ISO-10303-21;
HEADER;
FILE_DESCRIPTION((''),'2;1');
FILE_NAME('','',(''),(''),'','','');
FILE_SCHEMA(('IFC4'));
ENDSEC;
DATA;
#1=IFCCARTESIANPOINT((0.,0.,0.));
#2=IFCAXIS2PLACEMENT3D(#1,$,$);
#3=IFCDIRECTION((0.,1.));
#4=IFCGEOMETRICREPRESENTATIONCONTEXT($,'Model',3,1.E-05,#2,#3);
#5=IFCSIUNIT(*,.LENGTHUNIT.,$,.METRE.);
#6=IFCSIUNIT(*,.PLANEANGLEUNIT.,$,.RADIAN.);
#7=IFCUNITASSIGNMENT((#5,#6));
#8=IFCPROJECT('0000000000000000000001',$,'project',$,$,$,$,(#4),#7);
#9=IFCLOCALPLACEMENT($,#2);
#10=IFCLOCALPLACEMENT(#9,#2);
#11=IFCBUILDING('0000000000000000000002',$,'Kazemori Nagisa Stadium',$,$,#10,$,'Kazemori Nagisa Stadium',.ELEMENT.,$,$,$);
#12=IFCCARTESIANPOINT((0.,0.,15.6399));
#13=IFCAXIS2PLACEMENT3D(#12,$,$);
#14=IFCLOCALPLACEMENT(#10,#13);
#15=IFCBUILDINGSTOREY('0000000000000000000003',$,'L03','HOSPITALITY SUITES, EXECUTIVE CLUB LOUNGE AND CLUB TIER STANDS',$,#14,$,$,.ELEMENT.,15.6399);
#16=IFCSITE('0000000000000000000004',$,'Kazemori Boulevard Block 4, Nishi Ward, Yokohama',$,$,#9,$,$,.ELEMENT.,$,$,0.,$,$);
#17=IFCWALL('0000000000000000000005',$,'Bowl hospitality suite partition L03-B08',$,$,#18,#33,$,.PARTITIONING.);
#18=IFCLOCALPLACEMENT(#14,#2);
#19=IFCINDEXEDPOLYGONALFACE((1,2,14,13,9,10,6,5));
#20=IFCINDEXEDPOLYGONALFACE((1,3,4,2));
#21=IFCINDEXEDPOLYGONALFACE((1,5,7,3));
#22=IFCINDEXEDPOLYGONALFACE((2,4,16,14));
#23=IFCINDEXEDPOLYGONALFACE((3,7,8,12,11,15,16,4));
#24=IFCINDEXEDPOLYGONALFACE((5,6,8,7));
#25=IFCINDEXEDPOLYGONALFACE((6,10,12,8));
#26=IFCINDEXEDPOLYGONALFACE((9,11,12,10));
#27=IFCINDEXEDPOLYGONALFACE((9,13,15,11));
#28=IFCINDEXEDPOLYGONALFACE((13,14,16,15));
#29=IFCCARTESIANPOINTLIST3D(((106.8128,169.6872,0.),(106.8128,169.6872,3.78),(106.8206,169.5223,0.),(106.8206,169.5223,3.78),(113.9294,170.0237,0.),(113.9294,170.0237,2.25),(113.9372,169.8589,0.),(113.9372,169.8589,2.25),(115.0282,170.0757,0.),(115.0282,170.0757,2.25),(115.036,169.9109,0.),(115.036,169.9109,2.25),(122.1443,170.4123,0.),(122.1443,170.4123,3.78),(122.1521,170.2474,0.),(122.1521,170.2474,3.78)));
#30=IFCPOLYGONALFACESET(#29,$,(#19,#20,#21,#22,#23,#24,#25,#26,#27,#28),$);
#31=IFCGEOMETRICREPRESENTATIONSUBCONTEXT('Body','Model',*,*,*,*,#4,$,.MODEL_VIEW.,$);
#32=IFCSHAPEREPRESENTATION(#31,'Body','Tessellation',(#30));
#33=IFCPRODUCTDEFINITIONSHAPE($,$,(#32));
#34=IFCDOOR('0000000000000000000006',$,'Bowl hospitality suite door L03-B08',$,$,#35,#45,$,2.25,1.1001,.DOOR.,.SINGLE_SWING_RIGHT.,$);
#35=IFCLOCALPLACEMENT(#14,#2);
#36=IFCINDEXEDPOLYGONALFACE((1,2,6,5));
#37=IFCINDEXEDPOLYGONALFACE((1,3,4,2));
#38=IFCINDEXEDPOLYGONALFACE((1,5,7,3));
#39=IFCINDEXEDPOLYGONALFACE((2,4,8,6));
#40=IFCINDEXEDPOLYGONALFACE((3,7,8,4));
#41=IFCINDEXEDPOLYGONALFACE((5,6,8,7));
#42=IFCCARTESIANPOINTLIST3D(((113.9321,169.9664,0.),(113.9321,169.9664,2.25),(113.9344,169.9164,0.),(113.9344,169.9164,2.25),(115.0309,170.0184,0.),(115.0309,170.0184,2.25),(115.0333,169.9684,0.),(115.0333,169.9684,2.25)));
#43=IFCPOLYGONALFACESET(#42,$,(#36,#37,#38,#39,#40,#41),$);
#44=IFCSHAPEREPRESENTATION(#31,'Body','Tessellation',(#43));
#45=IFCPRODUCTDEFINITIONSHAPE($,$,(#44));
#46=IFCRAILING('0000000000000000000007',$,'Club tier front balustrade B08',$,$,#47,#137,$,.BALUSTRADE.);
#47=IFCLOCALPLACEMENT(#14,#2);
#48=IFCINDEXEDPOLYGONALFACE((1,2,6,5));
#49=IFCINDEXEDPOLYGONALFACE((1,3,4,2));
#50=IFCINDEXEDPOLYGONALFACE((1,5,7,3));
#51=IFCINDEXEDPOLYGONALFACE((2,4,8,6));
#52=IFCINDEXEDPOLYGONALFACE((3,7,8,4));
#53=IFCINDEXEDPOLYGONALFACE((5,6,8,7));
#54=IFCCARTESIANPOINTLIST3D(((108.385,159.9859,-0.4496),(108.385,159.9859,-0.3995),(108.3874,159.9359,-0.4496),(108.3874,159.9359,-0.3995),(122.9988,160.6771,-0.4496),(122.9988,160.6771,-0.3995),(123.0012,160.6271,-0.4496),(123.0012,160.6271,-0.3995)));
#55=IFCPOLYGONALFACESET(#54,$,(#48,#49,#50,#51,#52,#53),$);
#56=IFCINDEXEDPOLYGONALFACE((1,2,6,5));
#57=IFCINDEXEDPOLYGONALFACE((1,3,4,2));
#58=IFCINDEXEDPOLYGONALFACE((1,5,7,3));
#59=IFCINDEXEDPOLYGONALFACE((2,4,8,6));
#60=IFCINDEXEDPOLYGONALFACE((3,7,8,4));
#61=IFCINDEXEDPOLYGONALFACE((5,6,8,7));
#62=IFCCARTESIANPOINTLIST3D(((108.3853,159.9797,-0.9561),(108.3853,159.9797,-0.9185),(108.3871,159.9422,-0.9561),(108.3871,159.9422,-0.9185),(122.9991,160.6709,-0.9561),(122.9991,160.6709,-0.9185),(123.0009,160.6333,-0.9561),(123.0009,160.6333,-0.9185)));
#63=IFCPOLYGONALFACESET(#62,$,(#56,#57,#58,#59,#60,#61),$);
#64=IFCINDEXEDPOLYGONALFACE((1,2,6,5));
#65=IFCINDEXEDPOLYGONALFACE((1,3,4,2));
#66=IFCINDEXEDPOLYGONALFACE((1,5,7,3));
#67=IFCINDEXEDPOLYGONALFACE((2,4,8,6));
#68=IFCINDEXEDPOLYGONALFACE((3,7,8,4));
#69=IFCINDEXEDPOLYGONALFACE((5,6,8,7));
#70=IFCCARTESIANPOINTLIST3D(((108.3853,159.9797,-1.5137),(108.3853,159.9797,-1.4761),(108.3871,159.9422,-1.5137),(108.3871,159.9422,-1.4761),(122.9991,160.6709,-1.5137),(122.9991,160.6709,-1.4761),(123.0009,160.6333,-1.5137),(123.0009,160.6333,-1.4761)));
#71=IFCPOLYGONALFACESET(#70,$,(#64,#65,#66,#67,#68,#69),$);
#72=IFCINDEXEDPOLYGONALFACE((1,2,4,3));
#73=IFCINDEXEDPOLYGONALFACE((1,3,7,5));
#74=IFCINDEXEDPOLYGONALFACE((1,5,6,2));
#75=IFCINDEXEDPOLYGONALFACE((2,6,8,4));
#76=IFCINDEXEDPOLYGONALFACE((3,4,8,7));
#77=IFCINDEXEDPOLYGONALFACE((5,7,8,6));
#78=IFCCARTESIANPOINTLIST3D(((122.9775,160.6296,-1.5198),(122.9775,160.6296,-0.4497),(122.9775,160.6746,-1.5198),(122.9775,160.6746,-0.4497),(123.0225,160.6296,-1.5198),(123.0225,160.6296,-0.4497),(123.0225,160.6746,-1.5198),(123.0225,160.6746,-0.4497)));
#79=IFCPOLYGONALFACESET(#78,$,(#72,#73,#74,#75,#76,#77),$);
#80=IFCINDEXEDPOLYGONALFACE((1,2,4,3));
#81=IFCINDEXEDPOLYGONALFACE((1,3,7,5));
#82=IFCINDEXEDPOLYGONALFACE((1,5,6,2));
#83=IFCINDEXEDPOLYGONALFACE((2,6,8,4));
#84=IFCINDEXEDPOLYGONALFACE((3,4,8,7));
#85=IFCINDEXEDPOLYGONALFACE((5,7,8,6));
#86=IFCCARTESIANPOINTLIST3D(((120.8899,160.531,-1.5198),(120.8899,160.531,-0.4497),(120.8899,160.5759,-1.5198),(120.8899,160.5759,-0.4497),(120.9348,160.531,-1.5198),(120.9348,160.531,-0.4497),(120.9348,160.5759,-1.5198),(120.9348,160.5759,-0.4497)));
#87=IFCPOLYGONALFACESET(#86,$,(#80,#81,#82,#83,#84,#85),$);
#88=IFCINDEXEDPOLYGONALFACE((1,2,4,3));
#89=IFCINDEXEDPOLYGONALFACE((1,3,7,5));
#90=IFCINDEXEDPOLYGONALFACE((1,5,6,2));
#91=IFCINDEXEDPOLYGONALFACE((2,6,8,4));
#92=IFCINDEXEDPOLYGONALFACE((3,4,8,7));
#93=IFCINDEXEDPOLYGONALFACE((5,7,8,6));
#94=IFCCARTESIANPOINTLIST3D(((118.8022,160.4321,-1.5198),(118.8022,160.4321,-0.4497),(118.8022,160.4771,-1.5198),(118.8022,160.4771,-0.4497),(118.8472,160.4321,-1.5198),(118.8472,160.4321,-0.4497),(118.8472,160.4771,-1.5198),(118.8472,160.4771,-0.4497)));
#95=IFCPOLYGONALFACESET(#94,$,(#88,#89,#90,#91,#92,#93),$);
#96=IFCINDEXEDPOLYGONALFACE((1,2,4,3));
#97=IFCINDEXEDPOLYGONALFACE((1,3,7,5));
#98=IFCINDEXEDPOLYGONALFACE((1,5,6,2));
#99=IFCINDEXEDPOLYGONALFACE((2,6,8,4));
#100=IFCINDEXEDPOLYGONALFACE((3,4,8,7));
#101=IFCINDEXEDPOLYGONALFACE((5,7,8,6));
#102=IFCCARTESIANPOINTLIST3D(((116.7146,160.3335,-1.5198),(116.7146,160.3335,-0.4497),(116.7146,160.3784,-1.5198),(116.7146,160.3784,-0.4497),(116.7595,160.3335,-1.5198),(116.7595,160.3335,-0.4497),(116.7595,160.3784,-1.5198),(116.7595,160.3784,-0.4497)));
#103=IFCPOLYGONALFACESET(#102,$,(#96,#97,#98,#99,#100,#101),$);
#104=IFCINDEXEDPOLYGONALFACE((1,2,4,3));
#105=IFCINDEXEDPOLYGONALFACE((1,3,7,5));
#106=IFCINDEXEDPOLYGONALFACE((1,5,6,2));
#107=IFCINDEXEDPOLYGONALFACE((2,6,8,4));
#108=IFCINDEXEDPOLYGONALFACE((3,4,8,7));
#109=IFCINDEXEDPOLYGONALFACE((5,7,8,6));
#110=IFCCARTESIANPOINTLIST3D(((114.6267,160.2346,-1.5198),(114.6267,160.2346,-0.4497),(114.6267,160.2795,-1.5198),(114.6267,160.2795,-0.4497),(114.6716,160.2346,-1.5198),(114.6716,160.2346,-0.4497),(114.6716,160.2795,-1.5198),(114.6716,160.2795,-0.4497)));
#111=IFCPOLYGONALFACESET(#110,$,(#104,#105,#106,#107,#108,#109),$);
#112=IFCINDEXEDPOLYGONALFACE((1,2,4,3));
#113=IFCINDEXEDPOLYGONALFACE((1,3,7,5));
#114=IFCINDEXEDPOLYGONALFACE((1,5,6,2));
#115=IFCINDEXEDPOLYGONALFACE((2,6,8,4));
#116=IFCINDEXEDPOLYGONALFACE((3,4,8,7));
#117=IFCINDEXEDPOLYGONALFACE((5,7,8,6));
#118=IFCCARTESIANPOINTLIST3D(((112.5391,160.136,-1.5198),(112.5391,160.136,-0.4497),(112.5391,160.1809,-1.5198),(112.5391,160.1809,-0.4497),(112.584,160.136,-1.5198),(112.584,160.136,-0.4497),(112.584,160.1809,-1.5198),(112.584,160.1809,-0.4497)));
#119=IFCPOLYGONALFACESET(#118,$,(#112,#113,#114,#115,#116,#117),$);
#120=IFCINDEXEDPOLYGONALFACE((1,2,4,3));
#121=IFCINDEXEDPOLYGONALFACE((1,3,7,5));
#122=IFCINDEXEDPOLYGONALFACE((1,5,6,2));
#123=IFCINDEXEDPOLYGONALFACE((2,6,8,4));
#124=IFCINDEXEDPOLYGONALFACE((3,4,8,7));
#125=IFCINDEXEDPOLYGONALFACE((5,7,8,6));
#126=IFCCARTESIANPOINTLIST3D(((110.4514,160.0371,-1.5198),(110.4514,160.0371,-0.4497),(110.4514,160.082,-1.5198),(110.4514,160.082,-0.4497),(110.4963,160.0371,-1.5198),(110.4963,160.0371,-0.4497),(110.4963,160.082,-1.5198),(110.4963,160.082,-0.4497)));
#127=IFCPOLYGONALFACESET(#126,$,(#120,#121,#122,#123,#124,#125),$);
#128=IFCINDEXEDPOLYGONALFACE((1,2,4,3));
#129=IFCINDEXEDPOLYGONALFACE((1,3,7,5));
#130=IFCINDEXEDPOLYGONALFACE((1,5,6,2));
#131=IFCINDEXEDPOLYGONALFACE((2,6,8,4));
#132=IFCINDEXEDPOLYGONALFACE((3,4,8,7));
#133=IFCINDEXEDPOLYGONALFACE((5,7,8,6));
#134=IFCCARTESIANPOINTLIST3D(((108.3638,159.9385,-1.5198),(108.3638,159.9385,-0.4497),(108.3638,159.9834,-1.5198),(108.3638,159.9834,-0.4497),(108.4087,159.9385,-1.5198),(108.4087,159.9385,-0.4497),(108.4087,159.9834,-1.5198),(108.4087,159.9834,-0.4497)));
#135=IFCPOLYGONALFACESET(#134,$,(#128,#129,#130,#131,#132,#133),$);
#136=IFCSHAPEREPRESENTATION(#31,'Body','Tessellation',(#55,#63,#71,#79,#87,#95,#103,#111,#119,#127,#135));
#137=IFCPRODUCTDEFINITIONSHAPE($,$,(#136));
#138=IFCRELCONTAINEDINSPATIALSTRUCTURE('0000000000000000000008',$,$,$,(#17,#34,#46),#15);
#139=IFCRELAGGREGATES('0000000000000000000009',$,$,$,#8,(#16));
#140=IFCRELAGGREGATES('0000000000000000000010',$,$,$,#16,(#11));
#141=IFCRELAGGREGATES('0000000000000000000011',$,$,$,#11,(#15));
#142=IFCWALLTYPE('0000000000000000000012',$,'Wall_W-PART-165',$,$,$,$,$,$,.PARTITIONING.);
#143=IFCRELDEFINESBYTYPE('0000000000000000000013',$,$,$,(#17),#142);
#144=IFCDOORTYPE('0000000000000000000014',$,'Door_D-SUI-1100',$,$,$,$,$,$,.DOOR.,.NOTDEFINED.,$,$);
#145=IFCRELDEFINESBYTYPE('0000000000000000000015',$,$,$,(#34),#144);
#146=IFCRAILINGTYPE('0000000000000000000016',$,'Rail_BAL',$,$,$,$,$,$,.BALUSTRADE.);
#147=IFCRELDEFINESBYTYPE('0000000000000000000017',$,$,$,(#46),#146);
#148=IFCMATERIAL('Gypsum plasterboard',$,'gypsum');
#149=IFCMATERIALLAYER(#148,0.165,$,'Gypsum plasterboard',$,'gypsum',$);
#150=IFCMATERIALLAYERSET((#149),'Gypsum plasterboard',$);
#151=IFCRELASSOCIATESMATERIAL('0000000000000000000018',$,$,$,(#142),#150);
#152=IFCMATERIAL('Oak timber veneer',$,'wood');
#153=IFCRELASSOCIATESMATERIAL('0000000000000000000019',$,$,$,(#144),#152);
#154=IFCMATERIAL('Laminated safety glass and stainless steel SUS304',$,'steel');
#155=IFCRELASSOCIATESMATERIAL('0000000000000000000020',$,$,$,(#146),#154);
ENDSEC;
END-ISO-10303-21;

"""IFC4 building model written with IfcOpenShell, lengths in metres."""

from ifc_helpers import new_model, si_unit, direction, frame, frame_2d, origin, origin_2d, place, context, subcontext, project, spatial, rectangle, extrude, material, layer, layer_set, type_object, element, fill, save


model = new_model("IFC4")

# Units and contexts
model_context = context("Model", 3, precision=1e-05, world=origin(), true_north=direction((0.0, 1.0)))
body_context = subcontext(model_context, "Body", "Model", "MODEL_VIEW")
ifc_project = project(units=[si_unit("LENGTHUNIT", "METRE"), si_unit("PLANEANGLEUNIT", "RADIAN")], contexts=[model_context])

# Site, building, storey
site_placement = place(None, origin())
site = spatial("IfcSite", under=ifc_project, at=site_placement, Name="Kazemori Boulevard Block 4, Nishi Ward, Yokohama", CompositionType="ELEMENT", RefElevation=0.0)
building_placement = place(site_placement, origin())
building = spatial("IfcBuilding", under=site, at=building_placement, Name="Kazemori Nagisa Stadium", LongName="Kazemori Nagisa Stadium", CompositionType="ELEMENT")
storey_placement = place(building_placement, frame((0.0, 0.0, 15.6399)))
storey = spatial("IfcBuildingStorey", under=building, at=storey_placement, Name="L03", Description="HOSPITALITY SUITES, EXECUTIVE CLUB LOUNGE AND CLUB TIER STANDS", CompositionType="ELEMENT", Elevation=15.6399)

# Wall, opening, door
ifc_material_1 = material(Name="Gypsum plasterboard", Category="gypsum")
ifc_layer_1 = layer(ifc_material_1, 0.165, Name="Gypsum plasterboard", Category="gypsum")
ifc_layer_set_1 = layer_set([ifc_layer_1], Name="Gypsum plasterboard")
wall_type = type_object("IfcWallType", Name="Wall_W-PART-165", PredefinedType="PARTITIONING", material=ifc_layer_set_1)
wall_placement = place(storey_placement, frame((122.1482, 170.3298, 0.0), z_axis=(0.0, 0.0, 1.0), x_axis=(-0.998883, -0.047242, 0.0)))
wall = element("IfcWall", 1, at=wall_placement, inside=storey, type_object=wall_type, Name="Bowl hospitality suite partition L03-B08", PredefinedType="PARTITIONING", context=body_context, shape_type="SweptSolid", body=[
    extrude(rectangle(XDim=15.3486, YDim=0.165, at=frame_2d((7.6743, 0.0))), origin(), (0.0, 0.0, 1.0), 3.78),
])
opening_placement = place(wall_placement, frame((7.124, 0.0, 0.0)))
opening = element("IfcOpeningElement", 2, at=opening_placement, cuts=wall, PredefinedType="OPENING", context=body_context, shape_type="SweptSolid", body=[
    extrude(rectangle(XDim=1.1001, YDim=2.25, at=frame_2d((0.55, 1.125))), frame((0.0, 0.0925, 0.0), z_axis=(0.0, -1.0, 0.0), x_axis=(1.0, 0.0, 0.0)), (0.0, 0.0, 1.0), 0.1851),
])
ifc_material_2 = material(Name="Oak timber veneer", Category="wood")
door_type = type_object("IfcDoorType", Name="Door_D-SUI-1100", OperationType="NOTDEFINED", PredefinedType="DOOR", material=ifc_material_2)
door_placement = place(opening_placement, origin())
door = element("IfcDoor", 3, at=door_placement, inside=storey, type_object=door_type, Name="Bowl hospitality suite door L03-B08", OperationType="SINGLE_SWING_RIGHT", OverallHeight=2.25, OverallWidth=1.1001, PredefinedType="DOOR", context=body_context, shape_type="SweptSolid", body=[
    extrude(rectangle(XDim=1.1001, YDim=2.25, at=frame_2d((0.55, 1.125))), frame((0.0, 0.0249, 0.0), z_axis=(0.0, -1.0, 0.0), x_axis=(1.0, 0.0, 0.0)), (0.0, 0.0, 1.0), 0.05),
])
fill(opening, door)

# Railing
ifc_material_3 = material(Name="Laminated safety glass and stainless steel SUS304", Category="steel")
railing_type = type_object("IfcRailingType", Name="Rail_BAL", PredefinedType="BALUSTRADE", material=ifc_material_3)
railing_placement = place(storey_placement, frame((123.0, 160.6521, -1.5198)))
element("IfcRailing", 4, at=railing_placement, inside=storey, type_object=railing_type, Name="Club tier front balustrade B08", PredefinedType="BALUSTRADE", context=body_context, shape_type="SweptSolid", body=[
    extrude(rectangle(XDim=0.05, YDim=0.05, at=origin_2d()), frame((0.0, 0.0, 1.0952), z_axis=(-0.998883, -0.047242, 0.0), x_axis=(0.047242, -0.998883, 0.0)), (0.0, 0.0, 1.0), 14.6301),
    extrude(rectangle(XDim=0.0376, YDim=0.0376, at=origin_2d()), frame((0.0, 0.0, 0.5825), z_axis=(-0.998883, -0.047242, 0.0), x_axis=(0.047242, -0.998883, 0.0)), (0.0, 0.0, 1.0), 14.6301),
    extrude(rectangle(XDim=0.0376, YDim=0.0376, at=origin_2d()), frame((0.0, 0.0, 0.0249), z_axis=(-0.998883, -0.047242, 0.0), x_axis=(0.047242, -0.998883, 0.0)), (0.0, 0.0, 1.0), 14.6301),
    extrude(rectangle(XDim=0.0449, YDim=0.0449, at=origin_2d()), origin(), (0.0, 0.0, 1.0), 1.0701),
    extrude(rectangle(XDim=0.0449, YDim=0.0449, at=origin_2d()), frame((-2.0876, -0.0986, 0.0)), (0.0, 0.0, 1.0), 1.0701),
    extrude(rectangle(XDim=0.0449, YDim=0.0449, at=origin_2d()), frame((-4.1753, -0.1975, 0.0)), (0.0, 0.0, 1.0), 1.0701),
    extrude(rectangle(XDim=0.0449, YDim=0.0449, at=origin_2d()), frame((-6.2629, -0.2961, 0.0)), (0.0, 0.0, 1.0), 1.0701),
    extrude(rectangle(XDim=0.0449, YDim=0.0449, at=origin_2d()), frame((-8.3508, -0.395, 0.0)), (0.0, 0.0, 1.0), 1.0701),
    extrude(rectangle(XDim=0.0449, YDim=0.0449, at=origin_2d()), frame((-10.4385, -0.4937, 0.0)), (0.0, 0.0, 1.0), 1.0701),
    extrude(rectangle(XDim=0.0449, YDim=0.0449, at=origin_2d()), frame((-12.5261, -0.5925, 0.0)), (0.0, 0.0, 1.0), 1.0701),
    extrude(rectangle(XDim=0.0449, YDim=0.0449, at=origin_2d()), frame((-14.6138, -0.6912, 0.0)), (0.0, 0.0, 1.0), 1.0701),
])

save(model, "model.ifc")
